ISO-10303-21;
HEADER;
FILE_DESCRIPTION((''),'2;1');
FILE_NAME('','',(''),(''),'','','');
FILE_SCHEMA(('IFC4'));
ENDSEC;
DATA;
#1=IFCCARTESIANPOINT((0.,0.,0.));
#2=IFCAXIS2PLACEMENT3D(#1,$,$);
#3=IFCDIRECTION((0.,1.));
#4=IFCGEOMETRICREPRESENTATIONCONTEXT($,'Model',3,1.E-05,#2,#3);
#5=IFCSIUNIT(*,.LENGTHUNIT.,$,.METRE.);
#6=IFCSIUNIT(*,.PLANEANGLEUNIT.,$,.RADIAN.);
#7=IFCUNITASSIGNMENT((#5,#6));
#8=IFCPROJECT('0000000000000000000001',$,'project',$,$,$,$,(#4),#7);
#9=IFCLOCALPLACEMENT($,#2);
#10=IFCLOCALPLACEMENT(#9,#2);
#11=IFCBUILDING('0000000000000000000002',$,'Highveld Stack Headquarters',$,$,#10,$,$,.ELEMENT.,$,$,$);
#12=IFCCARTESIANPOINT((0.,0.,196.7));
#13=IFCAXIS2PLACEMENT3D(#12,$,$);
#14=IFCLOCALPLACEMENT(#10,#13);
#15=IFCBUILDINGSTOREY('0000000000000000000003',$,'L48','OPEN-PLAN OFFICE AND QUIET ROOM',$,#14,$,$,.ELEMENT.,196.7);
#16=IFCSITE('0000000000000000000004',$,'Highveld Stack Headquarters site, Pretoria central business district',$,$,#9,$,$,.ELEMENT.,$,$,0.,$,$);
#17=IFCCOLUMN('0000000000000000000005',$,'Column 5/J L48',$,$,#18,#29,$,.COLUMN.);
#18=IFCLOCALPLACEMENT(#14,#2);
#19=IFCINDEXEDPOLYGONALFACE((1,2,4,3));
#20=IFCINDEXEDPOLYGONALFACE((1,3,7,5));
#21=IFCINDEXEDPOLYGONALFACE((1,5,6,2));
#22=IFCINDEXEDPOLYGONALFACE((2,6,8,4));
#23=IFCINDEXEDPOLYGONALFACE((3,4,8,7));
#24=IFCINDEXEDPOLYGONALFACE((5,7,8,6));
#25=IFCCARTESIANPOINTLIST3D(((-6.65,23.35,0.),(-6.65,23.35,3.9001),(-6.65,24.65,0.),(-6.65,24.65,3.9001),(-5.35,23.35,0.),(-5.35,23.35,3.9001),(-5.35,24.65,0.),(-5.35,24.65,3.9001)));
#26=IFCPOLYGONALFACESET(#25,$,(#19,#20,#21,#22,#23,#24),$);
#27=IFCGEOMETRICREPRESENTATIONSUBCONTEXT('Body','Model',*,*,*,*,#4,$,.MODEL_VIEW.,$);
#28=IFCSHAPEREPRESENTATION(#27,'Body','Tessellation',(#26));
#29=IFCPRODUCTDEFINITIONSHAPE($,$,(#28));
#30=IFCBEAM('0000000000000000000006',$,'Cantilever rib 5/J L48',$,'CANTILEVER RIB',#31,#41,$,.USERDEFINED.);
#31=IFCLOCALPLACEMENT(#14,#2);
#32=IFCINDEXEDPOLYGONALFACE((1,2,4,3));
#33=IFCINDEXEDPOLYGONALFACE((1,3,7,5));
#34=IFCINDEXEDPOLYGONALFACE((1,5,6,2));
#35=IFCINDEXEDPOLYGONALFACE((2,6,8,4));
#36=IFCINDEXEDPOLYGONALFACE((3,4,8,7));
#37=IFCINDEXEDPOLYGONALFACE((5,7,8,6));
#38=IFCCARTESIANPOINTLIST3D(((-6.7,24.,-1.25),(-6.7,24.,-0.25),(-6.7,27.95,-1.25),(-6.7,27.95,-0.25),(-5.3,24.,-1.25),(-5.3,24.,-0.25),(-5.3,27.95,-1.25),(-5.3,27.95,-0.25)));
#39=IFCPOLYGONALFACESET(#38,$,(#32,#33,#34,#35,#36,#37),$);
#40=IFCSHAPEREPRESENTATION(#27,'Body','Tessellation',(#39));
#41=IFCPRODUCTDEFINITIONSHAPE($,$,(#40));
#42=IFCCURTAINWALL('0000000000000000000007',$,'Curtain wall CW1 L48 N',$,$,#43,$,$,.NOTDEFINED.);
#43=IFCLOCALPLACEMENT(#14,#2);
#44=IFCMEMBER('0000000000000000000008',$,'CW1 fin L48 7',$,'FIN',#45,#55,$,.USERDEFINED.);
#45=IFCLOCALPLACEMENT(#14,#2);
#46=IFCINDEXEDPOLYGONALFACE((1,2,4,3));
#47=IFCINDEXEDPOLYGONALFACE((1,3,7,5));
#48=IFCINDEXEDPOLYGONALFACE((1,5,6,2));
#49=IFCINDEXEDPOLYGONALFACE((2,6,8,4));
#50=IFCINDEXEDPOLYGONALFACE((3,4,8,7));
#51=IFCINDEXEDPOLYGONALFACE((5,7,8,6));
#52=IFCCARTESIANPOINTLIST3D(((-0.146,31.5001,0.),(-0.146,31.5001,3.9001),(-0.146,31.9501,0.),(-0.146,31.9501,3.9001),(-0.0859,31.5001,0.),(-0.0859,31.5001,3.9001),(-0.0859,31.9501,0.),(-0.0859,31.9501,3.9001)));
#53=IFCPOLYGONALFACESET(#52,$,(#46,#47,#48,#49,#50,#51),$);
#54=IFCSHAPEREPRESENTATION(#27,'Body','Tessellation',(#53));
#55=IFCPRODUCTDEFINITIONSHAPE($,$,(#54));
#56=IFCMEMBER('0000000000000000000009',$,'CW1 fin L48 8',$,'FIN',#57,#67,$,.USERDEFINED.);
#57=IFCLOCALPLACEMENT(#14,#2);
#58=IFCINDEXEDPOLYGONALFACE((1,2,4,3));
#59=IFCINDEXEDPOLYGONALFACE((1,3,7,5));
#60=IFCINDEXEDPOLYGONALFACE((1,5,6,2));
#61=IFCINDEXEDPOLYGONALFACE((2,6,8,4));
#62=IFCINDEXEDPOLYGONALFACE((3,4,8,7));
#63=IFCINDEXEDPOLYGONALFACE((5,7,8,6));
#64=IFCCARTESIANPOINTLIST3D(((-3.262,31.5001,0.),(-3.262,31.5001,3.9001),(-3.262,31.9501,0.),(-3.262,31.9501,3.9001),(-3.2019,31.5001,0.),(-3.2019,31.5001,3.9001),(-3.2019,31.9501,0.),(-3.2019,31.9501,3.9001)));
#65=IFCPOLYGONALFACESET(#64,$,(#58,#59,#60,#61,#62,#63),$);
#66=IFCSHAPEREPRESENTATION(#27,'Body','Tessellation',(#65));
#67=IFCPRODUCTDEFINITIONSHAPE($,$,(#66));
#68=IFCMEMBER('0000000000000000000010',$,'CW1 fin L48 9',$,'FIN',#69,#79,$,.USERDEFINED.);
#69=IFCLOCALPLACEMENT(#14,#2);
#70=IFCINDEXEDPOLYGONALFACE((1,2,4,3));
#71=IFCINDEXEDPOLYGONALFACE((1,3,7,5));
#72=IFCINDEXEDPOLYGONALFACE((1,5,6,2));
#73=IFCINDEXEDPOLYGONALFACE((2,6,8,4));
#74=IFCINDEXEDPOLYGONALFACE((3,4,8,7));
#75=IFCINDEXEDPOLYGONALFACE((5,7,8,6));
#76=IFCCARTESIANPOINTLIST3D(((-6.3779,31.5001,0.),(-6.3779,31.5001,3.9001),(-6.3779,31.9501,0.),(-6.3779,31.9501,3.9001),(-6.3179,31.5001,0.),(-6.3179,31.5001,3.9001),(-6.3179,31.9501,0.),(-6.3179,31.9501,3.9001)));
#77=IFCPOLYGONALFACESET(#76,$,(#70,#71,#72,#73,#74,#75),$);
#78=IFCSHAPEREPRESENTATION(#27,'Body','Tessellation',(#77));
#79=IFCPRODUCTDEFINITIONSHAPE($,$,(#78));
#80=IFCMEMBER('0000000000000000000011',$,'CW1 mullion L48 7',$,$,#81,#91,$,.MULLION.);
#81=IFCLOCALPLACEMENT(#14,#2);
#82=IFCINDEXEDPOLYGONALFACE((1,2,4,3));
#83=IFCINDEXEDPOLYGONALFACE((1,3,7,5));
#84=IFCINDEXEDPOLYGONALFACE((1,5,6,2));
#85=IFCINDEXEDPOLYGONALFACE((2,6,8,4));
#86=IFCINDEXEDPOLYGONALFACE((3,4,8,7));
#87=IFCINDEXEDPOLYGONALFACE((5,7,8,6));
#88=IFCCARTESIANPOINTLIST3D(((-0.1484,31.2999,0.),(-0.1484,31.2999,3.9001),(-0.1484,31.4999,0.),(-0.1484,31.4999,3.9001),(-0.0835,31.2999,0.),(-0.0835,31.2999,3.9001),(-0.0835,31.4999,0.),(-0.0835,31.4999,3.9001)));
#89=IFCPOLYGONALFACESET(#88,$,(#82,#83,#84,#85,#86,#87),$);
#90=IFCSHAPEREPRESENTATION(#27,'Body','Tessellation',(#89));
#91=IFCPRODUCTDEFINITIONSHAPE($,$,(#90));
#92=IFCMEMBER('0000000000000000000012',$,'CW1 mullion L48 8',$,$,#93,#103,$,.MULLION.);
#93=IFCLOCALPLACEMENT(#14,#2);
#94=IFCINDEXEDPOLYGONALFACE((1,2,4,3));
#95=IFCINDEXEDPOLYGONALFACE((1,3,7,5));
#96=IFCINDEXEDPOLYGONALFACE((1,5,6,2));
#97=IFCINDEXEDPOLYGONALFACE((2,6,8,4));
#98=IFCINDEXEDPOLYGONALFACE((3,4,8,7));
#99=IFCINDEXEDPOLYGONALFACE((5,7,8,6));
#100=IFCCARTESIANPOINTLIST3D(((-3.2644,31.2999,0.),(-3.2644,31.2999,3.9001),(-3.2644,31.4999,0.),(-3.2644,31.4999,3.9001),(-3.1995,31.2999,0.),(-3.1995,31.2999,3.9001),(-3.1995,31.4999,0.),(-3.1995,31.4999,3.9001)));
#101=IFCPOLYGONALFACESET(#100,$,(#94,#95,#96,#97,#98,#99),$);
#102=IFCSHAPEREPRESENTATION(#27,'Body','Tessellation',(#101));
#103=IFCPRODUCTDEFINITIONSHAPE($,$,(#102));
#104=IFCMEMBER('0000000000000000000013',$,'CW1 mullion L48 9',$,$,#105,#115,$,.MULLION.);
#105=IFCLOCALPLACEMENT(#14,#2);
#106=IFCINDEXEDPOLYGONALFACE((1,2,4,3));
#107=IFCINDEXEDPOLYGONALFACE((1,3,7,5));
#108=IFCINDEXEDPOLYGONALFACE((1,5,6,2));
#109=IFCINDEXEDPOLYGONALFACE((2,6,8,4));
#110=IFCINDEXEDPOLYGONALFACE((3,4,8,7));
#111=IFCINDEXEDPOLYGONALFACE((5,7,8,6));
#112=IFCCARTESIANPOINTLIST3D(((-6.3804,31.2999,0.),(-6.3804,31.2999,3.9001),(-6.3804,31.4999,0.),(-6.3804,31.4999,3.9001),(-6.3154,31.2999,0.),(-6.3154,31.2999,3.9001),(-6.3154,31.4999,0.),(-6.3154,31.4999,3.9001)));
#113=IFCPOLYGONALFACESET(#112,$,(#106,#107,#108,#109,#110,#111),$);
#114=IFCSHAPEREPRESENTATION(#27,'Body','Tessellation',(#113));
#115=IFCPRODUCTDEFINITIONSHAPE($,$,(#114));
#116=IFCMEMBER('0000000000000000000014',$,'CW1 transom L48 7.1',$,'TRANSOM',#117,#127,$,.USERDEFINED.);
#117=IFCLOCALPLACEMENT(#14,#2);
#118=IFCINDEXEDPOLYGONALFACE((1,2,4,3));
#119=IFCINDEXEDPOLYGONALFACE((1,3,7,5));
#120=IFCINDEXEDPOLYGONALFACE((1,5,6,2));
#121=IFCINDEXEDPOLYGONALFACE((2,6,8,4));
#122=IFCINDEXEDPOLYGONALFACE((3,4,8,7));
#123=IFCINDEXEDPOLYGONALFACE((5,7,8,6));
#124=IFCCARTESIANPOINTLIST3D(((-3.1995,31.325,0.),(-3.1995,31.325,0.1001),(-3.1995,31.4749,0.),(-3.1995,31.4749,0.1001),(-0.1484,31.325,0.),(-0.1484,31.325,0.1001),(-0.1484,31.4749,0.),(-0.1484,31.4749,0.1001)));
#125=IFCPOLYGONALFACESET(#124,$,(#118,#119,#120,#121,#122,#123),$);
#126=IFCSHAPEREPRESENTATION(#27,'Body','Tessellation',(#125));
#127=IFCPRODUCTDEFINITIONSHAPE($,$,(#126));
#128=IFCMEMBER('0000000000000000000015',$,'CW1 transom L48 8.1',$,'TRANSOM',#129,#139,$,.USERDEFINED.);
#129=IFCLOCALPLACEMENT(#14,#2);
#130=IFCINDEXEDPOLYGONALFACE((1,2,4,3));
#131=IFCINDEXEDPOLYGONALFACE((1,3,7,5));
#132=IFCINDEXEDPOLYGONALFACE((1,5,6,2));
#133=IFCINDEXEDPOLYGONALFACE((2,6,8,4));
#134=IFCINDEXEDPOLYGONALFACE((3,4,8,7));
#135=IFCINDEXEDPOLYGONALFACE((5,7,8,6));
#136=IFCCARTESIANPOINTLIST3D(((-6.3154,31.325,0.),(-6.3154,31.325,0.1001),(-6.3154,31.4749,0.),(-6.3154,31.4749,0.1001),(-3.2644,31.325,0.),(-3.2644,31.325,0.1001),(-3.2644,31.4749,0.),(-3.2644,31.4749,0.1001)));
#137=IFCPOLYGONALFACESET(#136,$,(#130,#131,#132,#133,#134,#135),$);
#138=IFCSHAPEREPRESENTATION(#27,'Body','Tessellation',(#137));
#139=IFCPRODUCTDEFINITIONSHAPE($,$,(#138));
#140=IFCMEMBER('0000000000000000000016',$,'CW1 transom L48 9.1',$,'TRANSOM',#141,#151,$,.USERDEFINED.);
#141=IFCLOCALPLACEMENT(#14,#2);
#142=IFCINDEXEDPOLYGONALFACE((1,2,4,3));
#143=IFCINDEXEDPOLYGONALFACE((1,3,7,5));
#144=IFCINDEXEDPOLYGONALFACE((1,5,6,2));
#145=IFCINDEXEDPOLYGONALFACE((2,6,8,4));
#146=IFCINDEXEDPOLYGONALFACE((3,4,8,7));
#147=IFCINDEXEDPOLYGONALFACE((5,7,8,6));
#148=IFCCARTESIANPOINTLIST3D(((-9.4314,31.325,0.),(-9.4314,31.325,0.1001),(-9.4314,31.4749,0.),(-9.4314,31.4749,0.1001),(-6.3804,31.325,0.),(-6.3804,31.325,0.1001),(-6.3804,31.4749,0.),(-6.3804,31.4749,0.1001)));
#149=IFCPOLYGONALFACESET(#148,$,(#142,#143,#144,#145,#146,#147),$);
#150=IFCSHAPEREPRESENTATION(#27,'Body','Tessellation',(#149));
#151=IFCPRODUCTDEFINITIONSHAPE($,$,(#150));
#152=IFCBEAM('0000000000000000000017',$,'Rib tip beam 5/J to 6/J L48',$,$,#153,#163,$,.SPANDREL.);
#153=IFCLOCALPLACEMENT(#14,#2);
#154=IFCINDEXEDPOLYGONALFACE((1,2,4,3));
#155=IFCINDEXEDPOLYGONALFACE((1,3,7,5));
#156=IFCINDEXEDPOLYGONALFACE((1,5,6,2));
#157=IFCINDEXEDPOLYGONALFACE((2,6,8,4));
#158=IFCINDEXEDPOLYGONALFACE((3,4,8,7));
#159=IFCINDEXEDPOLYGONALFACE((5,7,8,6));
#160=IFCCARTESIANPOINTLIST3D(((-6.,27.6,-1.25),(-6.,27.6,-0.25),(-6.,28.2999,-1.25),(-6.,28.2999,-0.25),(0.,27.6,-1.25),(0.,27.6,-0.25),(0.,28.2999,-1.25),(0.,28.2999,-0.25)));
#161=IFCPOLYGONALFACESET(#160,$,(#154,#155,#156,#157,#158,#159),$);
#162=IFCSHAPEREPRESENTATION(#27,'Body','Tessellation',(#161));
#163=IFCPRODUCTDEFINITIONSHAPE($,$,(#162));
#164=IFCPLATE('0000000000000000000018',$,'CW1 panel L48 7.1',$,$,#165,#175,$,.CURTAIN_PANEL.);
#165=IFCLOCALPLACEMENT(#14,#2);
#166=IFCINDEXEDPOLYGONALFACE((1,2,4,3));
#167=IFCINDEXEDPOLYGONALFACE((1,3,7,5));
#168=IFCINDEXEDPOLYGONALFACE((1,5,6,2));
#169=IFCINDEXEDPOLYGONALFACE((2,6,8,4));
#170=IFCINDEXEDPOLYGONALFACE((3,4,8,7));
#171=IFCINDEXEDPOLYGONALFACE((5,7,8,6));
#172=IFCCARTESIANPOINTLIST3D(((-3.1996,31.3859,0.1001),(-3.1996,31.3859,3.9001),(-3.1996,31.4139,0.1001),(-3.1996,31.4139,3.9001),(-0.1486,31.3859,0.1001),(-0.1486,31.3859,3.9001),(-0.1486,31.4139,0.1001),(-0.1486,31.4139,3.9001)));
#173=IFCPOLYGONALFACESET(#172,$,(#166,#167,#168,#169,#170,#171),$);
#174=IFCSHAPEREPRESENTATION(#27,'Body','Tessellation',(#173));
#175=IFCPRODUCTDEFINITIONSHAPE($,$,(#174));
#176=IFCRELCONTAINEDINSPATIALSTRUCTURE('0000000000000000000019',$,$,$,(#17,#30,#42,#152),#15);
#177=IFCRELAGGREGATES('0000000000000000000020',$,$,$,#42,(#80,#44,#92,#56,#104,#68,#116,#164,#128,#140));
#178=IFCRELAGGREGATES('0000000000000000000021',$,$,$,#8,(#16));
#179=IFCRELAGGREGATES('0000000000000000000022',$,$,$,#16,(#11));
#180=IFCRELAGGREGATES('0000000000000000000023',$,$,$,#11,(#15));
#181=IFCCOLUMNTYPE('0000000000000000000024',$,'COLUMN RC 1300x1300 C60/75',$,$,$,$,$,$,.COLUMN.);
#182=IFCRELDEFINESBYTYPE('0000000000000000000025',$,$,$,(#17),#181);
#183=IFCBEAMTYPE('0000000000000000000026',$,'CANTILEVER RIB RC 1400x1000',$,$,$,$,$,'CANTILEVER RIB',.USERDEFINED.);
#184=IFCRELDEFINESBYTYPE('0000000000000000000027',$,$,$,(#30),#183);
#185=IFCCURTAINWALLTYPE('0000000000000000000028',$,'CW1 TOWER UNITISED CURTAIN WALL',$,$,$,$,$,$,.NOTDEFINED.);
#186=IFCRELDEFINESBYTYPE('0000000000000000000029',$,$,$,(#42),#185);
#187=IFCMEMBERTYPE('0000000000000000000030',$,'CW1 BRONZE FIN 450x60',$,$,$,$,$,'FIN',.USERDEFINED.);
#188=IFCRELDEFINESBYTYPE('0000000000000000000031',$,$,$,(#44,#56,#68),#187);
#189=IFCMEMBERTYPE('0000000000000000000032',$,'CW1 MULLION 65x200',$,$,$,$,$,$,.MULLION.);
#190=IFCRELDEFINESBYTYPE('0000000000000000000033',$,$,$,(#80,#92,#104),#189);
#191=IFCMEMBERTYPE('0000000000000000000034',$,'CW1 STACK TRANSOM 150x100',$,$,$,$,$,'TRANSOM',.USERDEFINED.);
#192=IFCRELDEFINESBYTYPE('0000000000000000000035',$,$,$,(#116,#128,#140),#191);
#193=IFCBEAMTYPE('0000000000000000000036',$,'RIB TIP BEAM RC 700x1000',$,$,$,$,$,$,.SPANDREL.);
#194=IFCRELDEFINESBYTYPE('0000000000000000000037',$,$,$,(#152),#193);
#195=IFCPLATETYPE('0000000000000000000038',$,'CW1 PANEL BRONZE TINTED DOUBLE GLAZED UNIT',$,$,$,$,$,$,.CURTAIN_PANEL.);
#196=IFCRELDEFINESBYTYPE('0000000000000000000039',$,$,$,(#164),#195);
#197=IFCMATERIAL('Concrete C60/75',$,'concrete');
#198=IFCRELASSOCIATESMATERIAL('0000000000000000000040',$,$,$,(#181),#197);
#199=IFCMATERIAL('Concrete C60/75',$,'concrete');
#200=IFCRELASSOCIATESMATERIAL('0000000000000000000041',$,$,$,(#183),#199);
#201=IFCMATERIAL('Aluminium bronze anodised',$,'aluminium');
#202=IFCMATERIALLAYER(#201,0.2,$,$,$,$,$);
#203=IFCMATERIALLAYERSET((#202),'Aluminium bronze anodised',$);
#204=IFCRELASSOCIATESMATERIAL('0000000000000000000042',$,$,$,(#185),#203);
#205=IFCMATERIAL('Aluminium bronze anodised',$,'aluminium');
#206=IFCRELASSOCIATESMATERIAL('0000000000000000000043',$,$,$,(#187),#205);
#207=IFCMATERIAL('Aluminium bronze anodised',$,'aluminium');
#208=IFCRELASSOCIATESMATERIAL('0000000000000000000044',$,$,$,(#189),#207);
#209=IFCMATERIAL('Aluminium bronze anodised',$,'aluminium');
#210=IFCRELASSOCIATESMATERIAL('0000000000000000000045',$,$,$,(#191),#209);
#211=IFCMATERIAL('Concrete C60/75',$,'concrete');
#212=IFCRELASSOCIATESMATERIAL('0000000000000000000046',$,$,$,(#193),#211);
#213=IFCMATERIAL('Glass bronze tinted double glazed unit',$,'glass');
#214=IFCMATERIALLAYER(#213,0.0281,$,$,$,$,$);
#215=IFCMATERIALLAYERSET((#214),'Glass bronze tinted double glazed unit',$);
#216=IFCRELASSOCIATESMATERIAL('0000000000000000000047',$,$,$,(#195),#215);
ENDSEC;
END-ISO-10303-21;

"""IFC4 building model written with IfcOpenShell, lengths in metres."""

from ifc_helpers import new_model, si_unit, direction, frame, origin, origin_2d, place, context, subcontext, project, spatial, rectangle, extrude, material, layer, layer_set, material_profile, profile_set, type_object, element, aggregate, save


model = new_model("IFC4")

# Units and contexts
model_context = context("Model", 3, precision=1e-05, world=origin(), true_north=direction((0.0, 1.0)))
body_context = subcontext(model_context, "Body", "Model", "MODEL_VIEW")
ifc_project = project(units=[si_unit("LENGTHUNIT", "METRE"), si_unit("PLANEANGLEUNIT", "RADIAN")], contexts=[model_context])

# Site, building, storey
site_placement = place(None, origin())
site = spatial("IfcSite", under=ifc_project, at=site_placement, Name="Highveld Stack Headquarters site, Pretoria central business district", CompositionType="ELEMENT", RefElevation=0.0)
building_placement = place(site_placement, origin())
building = spatial("IfcBuilding", under=site, at=building_placement, Name="Highveld Stack Headquarters", CompositionType="ELEMENT")
storey_placement = place(building_placement, frame((0.0, 0.0, 196.7)))
storey = spatial("IfcBuildingStorey", under=building, at=storey_placement, Name="L48", Description="OPEN-PLAN OFFICE AND QUIET ROOM", CompositionType="ELEMENT", Elevation=196.7)

# Column
ifc_material_1 = material(Name="Concrete C60/75", Category="concrete")
ifc_material_profile_1 = material_profile(ifc_material_1, rectangle(XDim=1.3, YDim=1.3, at=origin_2d()), Name="RC 1300x1300")
ifc_profile_set_1 = profile_set([ifc_material_profile_1], Name="Concrete C60/75")
column_type = type_object("IfcColumnType", Name="COLUMN RC 1300x1300 C60/75", PredefinedType="COLUMN", material=ifc_profile_set_1)
column_placement = place(storey_placement, frame((-6.0, 24.0, 0.0), z_axis=(0.0, 0.0, 1.0), x_axis=(1.0, 0.0, 0.0)))
element("IfcColumn", 1, at=column_placement, inside=storey, type_object=column_type, Name="Column 5/J L48", PredefinedType="COLUMN", context=body_context, shape_type="SweptSolid", body=[
    extrude(rectangle(XDim=1.3, YDim=1.3, at=origin_2d()), origin(), (0.0, 0.0, 1.0), 3.9001),
])

# Beam
ifc_material_2 = material(Name="Concrete C60/75", Category="concrete")
ifc_material_profile_2 = material_profile(ifc_material_2, rectangle(XDim=1.3999, YDim=1.0, at=origin_2d()), Name="RC 1400x1000")
ifc_profile_set_2 = profile_set([ifc_material_profile_2], Name="Concrete C60/75")
beam_type_1 = type_object("IfcBeamType", Name="CANTILEVER RIB RC 1400x1000", ElementType="CANTILEVER RIB", PredefinedType="USERDEFINED", material=ifc_profile_set_2)
beam_1_placement = place(storey_placement, frame((-6.0, 24.0, -0.75), z_axis=(0.0, 1.0, 0.0), x_axis=(-1.0, 0.0, 0.0)))
element("IfcBeam", 2, at=beam_1_placement, inside=storey, type_object=beam_type_1, Name="Cantilever rib 5/J L48", ObjectType="CANTILEVER RIB", PredefinedType="USERDEFINED", context=body_context, shape_type="SweptSolid", body=[
    extrude(rectangle(XDim=1.3999, YDim=1.0, at=origin_2d()), origin(), (0.0, 0.0, 1.0), 3.95),
])

# Curtain wall, members
ifc_material_3 = material(Name="Aluminium bronze anodised", Category="aluminium")
ifc_layer_1 = layer(ifc_material_3, 0.2)
ifc_layer_set_1 = layer_set([ifc_layer_1], Name="Aluminium bronze anodised")
curtain_wall_type = type_object("IfcCurtainWallType", Name="CW1 TOWER UNITISED CURTAIN WALL", PredefinedType="NOTDEFINED", material=ifc_layer_set_1)
curtain_wall_placement = place(storey_placement, origin())
curtain_wall = element("IfcCurtainWall", 3, at=curtain_wall_placement, inside=storey, type_object=curtain_wall_type, Name="Curtain wall CW1 L48 N", PredefinedType="NOTDEFINED")
ifc_material_4 = material(Name="Aluminium bronze anodised", Category="aluminium")
ifc_material_profile_3 = material_profile(ifc_material_4, rectangle(XDim=0.45, YDim=0.0601, at=origin_2d()), Name="FIN 450x60")
ifc_profile_set_3 = profile_set([ifc_material_profile_3], Name="Aluminium bronze anodised")
member_type_1 = type_object("IfcMemberType", Name="CW1 BRONZE FIN 450x60", ElementType="FIN", PredefinedType="USERDEFINED", material=ifc_profile_set_3)
member_1_placement = place(storey_placement, frame((-0.116, 31.7251, 0.0), z_axis=(0.0, 0.0, 1.0), x_axis=(0.0, -1.0, 0.0)))
member_1 = element("IfcMember", 4, at=member_1_placement, type_object=member_type_1, Name="CW1 fin L48 7", ObjectType="FIN", PredefinedType="USERDEFINED", context=body_context, shape_type="SweptSolid", body=[
    extrude(rectangle(XDim=0.45, YDim=0.0601, at=origin_2d()), origin(), (0.0, 0.0, 1.0), 3.9001),
])
member_2_placement = place(storey_placement, frame((-3.2319, 31.7251, 0.0), z_axis=(0.0, 0.0, 1.0), x_axis=(0.0, -1.0, 0.0)))
member_2 = element("IfcMember", 5, at=member_2_placement, type_object=member_type_1, Name="CW1 fin L48 8", ObjectType="FIN", PredefinedType="USERDEFINED", context=body_context, shape_type="SweptSolid", body=[
    extrude(rectangle(XDim=0.45, YDim=0.0601, at=origin_2d()), origin(), (0.0, 0.0, 1.0), 3.9001),
])
member_3_placement = place(storey_placement, frame((-6.3479, 31.7251, 0.0), z_axis=(0.0, 0.0, 1.0), x_axis=(0.0, -1.0, 0.0)))
member_3 = element("IfcMember", 6, at=member_3_placement, type_object=member_type_1, Name="CW1 fin L48 9", ObjectType="FIN", PredefinedType="USERDEFINED", context=body_context, shape_type="SweptSolid", body=[
    extrude(rectangle(XDim=0.45, YDim=0.0601, at=origin_2d()), origin(), (0.0, 0.0, 1.0), 3.9001),
])
ifc_material_5 = material(Name="Aluminium bronze anodised", Category="aluminium")
ifc_material_profile_4 = material_profile(ifc_material_5, rectangle(XDim=0.2, YDim=0.0649, at=origin_2d()), Name="CW1 MULLION 65x200")
ifc_profile_set_4 = profile_set([ifc_material_profile_4], Name="Aluminium bronze anodised")
member_type_2 = type_object("IfcMemberType", Name="CW1 MULLION 65x200", PredefinedType="MULLION", material=ifc_profile_set_4)
member_4_placement = place(storey_placement, frame((-0.116, 31.3999, 0.0), z_axis=(0.0, 0.0, 1.0), x_axis=(0.0, -1.0, 0.0)))
member_4 = element("IfcMember", 7, at=member_4_placement, type_object=member_type_2, Name="CW1 mullion L48 7", PredefinedType="MULLION", context=body_context, shape_type="SweptSolid", body=[
    extrude(rectangle(XDim=0.2, YDim=0.0649, at=origin_2d()), origin(), (0.0, 0.0, 1.0), 3.9001),
])
member_5_placement = place(storey_placement, frame((-3.2319, 31.3999, 0.0), z_axis=(0.0, 0.0, 1.0), x_axis=(0.0, -1.0, 0.0)))
member_5 = element("IfcMember", 8, at=member_5_placement, type_object=member_type_2, Name="CW1 mullion L48 8", PredefinedType="MULLION", context=body_context, shape_type="SweptSolid", body=[
    extrude(rectangle(XDim=0.2, YDim=0.0649, at=origin_2d()), origin(), (0.0, 0.0, 1.0), 3.9001),
])
member_6_placement = place(storey_placement, frame((-6.3479, 31.3999, 0.0), z_axis=(0.0, 0.0, 1.0), x_axis=(0.0, -1.0, 0.0)))
member_6 = element("IfcMember", 9, at=member_6_placement, type_object=member_type_2, Name="CW1 mullion L48 9", PredefinedType="MULLION", context=body_context, shape_type="SweptSolid", body=[
    extrude(rectangle(XDim=0.2, YDim=0.0649, at=origin_2d()), origin(), (0.0, 0.0, 1.0), 3.9001),
])
ifc_material_6 = material(Name="Aluminium bronze anodised", Category="aluminium")
ifc_material_profile_5 = material_profile(ifc_material_6, rectangle(XDim=0.1499, YDim=0.1001, at=origin_2d()), Name="CW1 TRANSOM 150x100")
ifc_profile_set_5 = profile_set([ifc_material_profile_5], Name="Aluminium bronze anodised")
member_type_3 = type_object("IfcMemberType", Name="CW1 STACK TRANSOM 150x100", ElementType="TRANSOM", PredefinedType="USERDEFINED", material=ifc_profile_set_5)
member_7_placement = place(storey_placement, frame((-0.1484, 31.3999, 0.05), z_axis=(-1.0, 0.0, 0.0), x_axis=(0.0, -1.0, 0.0)))
member_7 = element("IfcMember", 10, at=member_7_placement, type_object=member_type_3, Name="CW1 transom L48 7.1", ObjectType="TRANSOM", PredefinedType="USERDEFINED", context=body_context, shape_type="SweptSolid", body=[
    extrude(rectangle(XDim=0.1499, YDim=0.1001, at=origin_2d()), origin(), (0.0, 0.0, 1.0), 3.051),
])
member_8_placement = place(storey_placement, frame((-3.2644, 31.3999, 0.05), z_axis=(-1.0, 0.0, 0.0), x_axis=(0.0, -1.0, 0.0)))
member_8 = element("IfcMember", 11, at=member_8_placement, type_object=member_type_3, Name="CW1 transom L48 8.1", ObjectType="TRANSOM", PredefinedType="USERDEFINED", context=body_context, shape_type="SweptSolid", body=[
    extrude(rectangle(XDim=0.1499, YDim=0.1001, at=origin_2d()), origin(), (0.0, 0.0, 1.0), 3.051),
])
member_9_placement = place(storey_placement, frame((-6.3804, 31.3999, 0.05), z_axis=(-1.0, 0.0, 0.0), x_axis=(0.0, -1.0, 0.0)))
member_9 = element("IfcMember", 12, at=member_9_placement, type_object=member_type_3, Name="CW1 transom L48 9.1", ObjectType="TRANSOM", PredefinedType="USERDEFINED", context=body_context, shape_type="SweptSolid", body=[
    extrude(rectangle(XDim=0.1499, YDim=0.1001, at=origin_2d()), origin(), (0.0, 0.0, 1.0), 3.051),
])

# Beam
ifc_material_7 = material(Name="Concrete C60/75", Category="concrete")
ifc_material_profile_6 = material_profile(ifc_material_7, rectangle(XDim=0.7, YDim=1.0, at=origin_2d()), Name="RC 700x1000")
ifc_profile_set_6 = profile_set([ifc_material_profile_6], Name="Concrete C60/75")
beam_type_2 = type_object("IfcBeamType", Name="RIB TIP BEAM RC 700x1000", PredefinedType="SPANDREL", material=ifc_profile_set_6)
beam_2_placement = place(storey_placement, frame((-6.0, 27.95, -0.75), z_axis=(1.0, 0.0, 0.0), x_axis=(0.0, 1.0, 0.0)))
element("IfcBeam", 13, at=beam_2_placement, inside=storey, type_object=beam_type_2, Name="Rib tip beam 5/J to 6/J L48", PredefinedType="SPANDREL", context=body_context, shape_type="SweptSolid", body=[
    extrude(rectangle(XDim=0.7, YDim=1.0, at=origin_2d()), origin(), (0.0, 0.0, 1.0), 6.0),
])

# Plate
ifc_material_8 = material(Name="Glass bronze tinted double glazed unit", Category="glass")
ifc_layer_2 = layer(ifc_material_8, 0.0281)
ifc_layer_set_2 = layer_set([ifc_layer_2], Name="Glass bronze tinted double glazed unit")
plate_type = type_object("IfcPlateType", Name="CW1 PANEL BRONZE TINTED DOUBLE GLAZED UNIT", PredefinedType="CURTAIN_PANEL", material=ifc_layer_set_2)
plate_1_placement = place(storey_placement, frame((-1.6741, 31.3999, 0.1001), z_axis=(0.0, 0.0, 1.0), x_axis=(-1.0, 0.0, 0.0)))
plate_1 = element("IfcPlate", 14, at=plate_1_placement, type_object=plate_type, Name="CW1 panel L48 7.1", PredefinedType="CURTAIN_PANEL", context=body_context, shape_type="SweptSolid", body=[
    extrude(rectangle(XDim=3.051, YDim=0.0281, at=origin_2d()), origin(), (0.0, 0.0, 1.0), 3.8),
])
aggregate(curtain_wall, [member_4, member_1, member_5, member_2, member_6, member_3, member_7, plate_1, member_8, member_9])

save(model, "model.ifc")
